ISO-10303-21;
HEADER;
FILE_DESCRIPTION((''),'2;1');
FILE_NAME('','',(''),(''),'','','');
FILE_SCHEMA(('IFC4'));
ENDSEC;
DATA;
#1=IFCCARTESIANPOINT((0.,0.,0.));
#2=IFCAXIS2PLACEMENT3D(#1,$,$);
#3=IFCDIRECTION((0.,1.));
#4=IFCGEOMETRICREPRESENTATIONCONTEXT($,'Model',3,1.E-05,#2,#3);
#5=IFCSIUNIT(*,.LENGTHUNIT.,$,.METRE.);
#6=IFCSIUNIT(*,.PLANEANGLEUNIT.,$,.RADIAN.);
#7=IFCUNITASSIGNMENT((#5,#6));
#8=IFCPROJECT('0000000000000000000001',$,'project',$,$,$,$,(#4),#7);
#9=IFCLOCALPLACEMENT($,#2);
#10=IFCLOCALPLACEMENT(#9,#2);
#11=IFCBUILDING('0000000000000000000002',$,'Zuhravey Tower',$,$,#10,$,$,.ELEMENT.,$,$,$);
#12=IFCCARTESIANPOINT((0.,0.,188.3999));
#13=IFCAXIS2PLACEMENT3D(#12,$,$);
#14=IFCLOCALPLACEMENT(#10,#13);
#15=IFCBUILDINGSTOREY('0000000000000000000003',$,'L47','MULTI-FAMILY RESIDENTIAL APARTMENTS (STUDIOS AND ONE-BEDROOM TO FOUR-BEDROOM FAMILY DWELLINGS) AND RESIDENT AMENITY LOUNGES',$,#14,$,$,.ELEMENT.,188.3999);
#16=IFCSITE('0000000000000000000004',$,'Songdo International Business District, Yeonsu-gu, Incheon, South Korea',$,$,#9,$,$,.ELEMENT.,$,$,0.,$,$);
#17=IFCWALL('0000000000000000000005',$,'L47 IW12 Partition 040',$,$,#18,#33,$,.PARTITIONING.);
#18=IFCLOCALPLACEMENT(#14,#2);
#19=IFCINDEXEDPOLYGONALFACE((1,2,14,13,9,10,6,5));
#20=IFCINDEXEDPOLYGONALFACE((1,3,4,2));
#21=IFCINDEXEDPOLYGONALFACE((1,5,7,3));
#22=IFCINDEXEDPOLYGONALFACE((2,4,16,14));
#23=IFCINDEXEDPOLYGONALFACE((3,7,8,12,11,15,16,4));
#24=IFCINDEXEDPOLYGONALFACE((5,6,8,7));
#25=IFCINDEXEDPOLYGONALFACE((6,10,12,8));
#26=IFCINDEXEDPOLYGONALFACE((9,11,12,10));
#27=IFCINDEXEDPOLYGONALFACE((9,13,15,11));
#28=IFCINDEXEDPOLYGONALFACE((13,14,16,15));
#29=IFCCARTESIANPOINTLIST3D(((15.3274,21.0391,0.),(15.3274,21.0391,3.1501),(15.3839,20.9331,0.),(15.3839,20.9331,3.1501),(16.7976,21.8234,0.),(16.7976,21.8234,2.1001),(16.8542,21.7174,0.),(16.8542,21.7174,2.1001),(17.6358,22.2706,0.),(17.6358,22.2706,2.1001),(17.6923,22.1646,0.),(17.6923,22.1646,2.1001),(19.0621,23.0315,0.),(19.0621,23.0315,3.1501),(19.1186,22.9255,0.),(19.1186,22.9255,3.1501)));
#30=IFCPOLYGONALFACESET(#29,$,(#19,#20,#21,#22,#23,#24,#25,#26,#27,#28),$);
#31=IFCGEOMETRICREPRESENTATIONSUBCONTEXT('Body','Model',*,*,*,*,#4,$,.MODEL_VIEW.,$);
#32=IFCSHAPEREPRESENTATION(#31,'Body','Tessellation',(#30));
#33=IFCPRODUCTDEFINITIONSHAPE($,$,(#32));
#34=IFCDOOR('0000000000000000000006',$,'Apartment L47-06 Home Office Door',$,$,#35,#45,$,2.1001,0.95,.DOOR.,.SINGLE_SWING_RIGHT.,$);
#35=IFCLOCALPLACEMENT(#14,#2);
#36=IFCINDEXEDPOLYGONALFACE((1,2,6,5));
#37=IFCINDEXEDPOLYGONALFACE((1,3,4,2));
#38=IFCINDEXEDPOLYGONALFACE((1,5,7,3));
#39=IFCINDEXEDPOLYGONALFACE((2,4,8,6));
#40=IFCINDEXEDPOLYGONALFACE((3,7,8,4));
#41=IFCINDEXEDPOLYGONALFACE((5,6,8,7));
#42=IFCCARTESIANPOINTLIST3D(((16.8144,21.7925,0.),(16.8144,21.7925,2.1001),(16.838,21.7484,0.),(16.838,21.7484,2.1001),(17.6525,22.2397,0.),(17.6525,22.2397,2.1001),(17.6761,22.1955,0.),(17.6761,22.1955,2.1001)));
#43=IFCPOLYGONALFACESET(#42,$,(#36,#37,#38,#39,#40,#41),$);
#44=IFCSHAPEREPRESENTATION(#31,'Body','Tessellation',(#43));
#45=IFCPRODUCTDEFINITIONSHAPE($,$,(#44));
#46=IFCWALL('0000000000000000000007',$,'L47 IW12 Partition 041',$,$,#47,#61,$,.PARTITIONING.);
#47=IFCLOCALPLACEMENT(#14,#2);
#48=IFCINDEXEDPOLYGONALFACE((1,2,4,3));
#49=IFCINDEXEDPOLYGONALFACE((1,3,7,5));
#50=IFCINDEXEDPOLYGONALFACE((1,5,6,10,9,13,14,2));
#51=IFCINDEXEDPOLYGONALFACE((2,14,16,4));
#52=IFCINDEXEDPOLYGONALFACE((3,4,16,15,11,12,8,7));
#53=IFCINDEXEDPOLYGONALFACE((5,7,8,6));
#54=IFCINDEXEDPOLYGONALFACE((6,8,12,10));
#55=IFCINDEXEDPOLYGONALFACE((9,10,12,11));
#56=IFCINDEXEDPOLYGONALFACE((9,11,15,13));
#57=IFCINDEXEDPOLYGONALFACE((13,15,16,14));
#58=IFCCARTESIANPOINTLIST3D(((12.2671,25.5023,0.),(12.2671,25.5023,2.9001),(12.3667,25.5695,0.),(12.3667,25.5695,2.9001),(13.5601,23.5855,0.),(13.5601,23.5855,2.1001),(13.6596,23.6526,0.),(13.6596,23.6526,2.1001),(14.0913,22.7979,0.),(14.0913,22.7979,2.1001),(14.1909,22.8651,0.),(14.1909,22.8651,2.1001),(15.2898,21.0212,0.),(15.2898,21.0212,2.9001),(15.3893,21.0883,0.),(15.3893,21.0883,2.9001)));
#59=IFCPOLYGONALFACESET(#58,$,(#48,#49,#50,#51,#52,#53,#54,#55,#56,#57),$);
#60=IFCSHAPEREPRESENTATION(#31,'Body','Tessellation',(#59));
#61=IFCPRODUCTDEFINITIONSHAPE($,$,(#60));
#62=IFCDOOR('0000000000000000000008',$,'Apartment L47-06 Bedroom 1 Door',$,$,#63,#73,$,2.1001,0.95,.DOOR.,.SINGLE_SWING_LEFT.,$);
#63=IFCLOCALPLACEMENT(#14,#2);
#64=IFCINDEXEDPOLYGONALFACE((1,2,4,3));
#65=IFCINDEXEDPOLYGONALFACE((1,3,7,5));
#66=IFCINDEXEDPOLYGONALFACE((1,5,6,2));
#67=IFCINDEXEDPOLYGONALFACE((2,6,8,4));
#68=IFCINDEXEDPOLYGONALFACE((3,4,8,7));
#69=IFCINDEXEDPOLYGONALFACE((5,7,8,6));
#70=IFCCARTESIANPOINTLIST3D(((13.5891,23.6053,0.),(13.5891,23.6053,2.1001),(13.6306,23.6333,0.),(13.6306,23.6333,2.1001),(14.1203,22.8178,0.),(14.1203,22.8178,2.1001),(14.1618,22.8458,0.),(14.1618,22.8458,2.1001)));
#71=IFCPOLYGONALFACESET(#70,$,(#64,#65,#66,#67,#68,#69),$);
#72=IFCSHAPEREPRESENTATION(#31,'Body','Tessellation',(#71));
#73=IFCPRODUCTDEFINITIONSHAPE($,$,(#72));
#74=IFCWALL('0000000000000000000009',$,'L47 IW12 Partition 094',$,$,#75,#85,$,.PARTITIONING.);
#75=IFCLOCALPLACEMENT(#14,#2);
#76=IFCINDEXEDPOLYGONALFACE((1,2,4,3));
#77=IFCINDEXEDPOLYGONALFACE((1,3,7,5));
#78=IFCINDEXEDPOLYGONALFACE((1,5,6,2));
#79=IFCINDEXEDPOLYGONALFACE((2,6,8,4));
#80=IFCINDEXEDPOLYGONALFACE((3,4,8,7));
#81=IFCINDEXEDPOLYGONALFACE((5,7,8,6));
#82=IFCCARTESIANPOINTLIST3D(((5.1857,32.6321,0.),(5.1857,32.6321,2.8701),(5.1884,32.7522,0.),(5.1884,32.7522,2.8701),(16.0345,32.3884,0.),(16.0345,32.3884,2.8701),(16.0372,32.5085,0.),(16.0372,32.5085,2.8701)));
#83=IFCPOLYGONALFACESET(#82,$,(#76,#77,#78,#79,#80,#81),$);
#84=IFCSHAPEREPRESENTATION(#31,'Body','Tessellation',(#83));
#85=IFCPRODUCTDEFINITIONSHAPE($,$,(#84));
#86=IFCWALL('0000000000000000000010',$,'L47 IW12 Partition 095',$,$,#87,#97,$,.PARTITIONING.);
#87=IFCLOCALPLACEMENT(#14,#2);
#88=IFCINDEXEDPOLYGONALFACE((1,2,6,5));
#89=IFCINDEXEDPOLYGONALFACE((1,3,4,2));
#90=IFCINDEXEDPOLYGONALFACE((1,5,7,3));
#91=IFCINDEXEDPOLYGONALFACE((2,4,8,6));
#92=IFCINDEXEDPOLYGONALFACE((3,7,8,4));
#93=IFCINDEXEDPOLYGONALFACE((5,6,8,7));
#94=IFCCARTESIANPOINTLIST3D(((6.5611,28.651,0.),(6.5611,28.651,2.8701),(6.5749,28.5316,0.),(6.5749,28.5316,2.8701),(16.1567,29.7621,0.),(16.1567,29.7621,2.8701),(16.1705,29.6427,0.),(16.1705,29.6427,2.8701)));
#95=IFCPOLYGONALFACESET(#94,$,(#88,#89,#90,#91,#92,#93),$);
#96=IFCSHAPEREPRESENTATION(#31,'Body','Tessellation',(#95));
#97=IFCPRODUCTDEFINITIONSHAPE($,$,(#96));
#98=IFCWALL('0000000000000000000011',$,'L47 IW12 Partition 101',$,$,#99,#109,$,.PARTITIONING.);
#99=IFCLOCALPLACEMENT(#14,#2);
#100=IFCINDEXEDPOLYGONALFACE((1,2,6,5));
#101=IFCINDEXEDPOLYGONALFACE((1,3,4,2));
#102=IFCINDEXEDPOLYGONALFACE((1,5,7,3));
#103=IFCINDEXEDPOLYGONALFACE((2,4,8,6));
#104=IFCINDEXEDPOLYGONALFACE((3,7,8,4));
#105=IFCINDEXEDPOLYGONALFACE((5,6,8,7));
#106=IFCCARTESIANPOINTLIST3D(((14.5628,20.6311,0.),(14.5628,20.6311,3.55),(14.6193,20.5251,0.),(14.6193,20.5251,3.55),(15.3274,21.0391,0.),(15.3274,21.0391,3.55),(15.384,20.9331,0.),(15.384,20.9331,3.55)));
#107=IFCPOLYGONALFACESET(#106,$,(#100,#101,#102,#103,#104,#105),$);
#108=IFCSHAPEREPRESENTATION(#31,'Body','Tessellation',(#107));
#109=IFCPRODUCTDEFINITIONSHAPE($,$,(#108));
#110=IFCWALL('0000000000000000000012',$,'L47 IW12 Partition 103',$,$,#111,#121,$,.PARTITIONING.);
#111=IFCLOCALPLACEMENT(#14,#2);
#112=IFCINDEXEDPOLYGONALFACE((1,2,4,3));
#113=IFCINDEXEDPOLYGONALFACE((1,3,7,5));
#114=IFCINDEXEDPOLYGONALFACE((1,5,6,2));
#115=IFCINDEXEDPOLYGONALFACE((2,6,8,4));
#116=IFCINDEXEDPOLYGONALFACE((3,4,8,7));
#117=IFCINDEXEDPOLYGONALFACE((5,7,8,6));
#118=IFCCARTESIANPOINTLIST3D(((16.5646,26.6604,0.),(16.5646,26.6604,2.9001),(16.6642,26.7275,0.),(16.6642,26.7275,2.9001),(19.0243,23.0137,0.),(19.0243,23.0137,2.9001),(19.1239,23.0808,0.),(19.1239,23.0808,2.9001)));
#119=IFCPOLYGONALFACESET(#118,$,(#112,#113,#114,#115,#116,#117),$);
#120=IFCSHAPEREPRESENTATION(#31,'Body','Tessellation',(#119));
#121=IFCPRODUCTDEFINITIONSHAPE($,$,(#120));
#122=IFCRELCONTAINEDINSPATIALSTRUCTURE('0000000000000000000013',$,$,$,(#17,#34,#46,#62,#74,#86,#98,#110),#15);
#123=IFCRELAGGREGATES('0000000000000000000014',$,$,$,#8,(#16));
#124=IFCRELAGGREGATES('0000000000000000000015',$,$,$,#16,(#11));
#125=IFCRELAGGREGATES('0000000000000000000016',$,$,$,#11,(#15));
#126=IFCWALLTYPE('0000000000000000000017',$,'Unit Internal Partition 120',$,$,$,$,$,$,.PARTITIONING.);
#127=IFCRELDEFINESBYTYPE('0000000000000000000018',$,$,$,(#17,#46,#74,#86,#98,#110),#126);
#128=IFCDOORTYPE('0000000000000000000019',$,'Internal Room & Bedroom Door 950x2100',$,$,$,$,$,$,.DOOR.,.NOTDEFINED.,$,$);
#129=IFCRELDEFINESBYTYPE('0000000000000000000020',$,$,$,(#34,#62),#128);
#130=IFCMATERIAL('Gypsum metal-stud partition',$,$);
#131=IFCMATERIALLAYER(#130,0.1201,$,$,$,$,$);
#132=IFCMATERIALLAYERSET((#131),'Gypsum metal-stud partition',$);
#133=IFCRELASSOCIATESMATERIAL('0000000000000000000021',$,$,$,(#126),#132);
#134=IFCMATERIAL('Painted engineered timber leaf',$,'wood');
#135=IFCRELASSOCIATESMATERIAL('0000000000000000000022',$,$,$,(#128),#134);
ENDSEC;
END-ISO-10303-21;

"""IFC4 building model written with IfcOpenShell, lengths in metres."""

from ifc_helpers import new_model, si_unit, direction, frame, frame_2d, origin, place, context, subcontext, project, spatial, rectangle, extrude, material, layer, layer_set, type_object, element, fill, save


model = new_model("IFC4")

# Units and contexts
model_context = context("Model", 3, precision=1e-05, world=origin(), true_north=direction((0.0, 1.0)))
body_context = subcontext(model_context, "Body", "Model", "MODEL_VIEW")
ifc_project = project(units=[si_unit("LENGTHUNIT", "METRE"), si_unit("PLANEANGLEUNIT", "RADIAN")], contexts=[model_context])

# Site, building, storey
site_placement = place(None, origin())
site = spatial("IfcSite", under=ifc_project, at=site_placement, Name="Songdo International Business District, Yeonsu-gu, Incheon, South Korea", CompositionType="ELEMENT", RefElevation=0.0)
building_placement = place(site_placement, origin())
building = spatial("IfcBuilding", under=site, at=building_placement, Name="Zuhravey Tower", CompositionType="ELEMENT")
storey_placement = place(building_placement, frame((0.0, 0.0, 188.3999)))
storey = spatial("IfcBuildingStorey", under=building, at=storey_placement, Name="L47", Description="MULTI-FAMILY RESIDENTIAL APARTMENTS (STUDIOS AND ONE-BEDROOM TO FOUR-BEDROOM FAMILY DWELLINGS) AND RESIDENT AMENITY LOUNGES", CompositionType="ELEMENT", Elevation=188.3999)

# Walls, openings, doors
ifc_material_1 = material(Name="Gypsum metal-stud partition")
ifc_layer_1 = layer(ifc_material_1, 0.1201)
ifc_layer_set_1 = layer_set([ifc_layer_1], Name="Gypsum metal-stud partition")
wall_type_1 = type_object("IfcWallType", Name="Unit Internal Partition 120", PredefinedType="PARTITIONING", material=ifc_layer_set_1)
ifc_material_2 = material(Name="Painted engineered timber leaf", Category="wood")
door_type = type_object("IfcDoorType", Name="Internal Room & Bedroom Door 950x2100", OperationType="NOTDEFINED", PredefinedType="DOOR", material=ifc_material_2)
wall_1_placement = place(storey_placement, frame((19.0903, 22.9785, 0.0), z_axis=(0.0, 0.0, 1.0), x_axis=(-0.882291, -0.470705, 0.0)))
wall_1 = element("IfcWall", 1, at=wall_1_placement, inside=storey, type_object=wall_type_1, Name="L47 IW12 Partition 040", PredefinedType="PARTITIONING", context=body_context, shape_type="SweptSolid", body=[
    extrude(rectangle(XDim=4.2329, YDim=0.1201, at=frame_2d((2.1165, 0.0))), origin(), (0.0, 0.0, 1.0), 3.1501),
])
opening_1_placement = place(wall_1_placement, frame((1.6165, 0.0, 0.0)))
opening_1 = element("IfcOpeningElement", 2, at=opening_1_placement, cuts=wall_1, PredefinedType="OPENING", context=body_context, shape_type="SweptSolid", body=[
    extrude(rectangle(XDim=0.95, YDim=2.1001, at=frame_2d((0.4751, 1.05))), frame((0.0, 0.072, 0.0), z_axis=(0.0, -1.0, 0.0), x_axis=(1.0, 0.0, 0.0)), (0.0, 0.0, 1.0), 0.144),
])
door_1_placement = place(opening_1_placement, frame((0.95, 0.0, 0.0), z_axis=(0.0, 0.0, 1.0), x_axis=(-1.0, 0.0, 0.0)))
door_1 = element("IfcDoor", 3, at=door_1_placement, inside=storey, type_object=door_type, Name="Apartment L47-06 Home Office Door", OperationType="SINGLE_SWING_RIGHT", OverallHeight=2.1001, OverallWidth=0.95, PredefinedType="DOOR", context=body_context, shape_type="SweptSolid", body=[
    extrude(rectangle(XDim=0.95, YDim=2.1001, at=frame_2d((0.4751, 1.05))), frame((0.0, 0.0249, 0.0), z_axis=(0.0, -1.0, 0.0), x_axis=(1.0, 0.0, 0.0)), (0.0, 0.0, 1.0), 0.05),
])
fill(opening_1, door_1)
wall_2_placement = place(storey_placement, frame((12.3169, 25.5359, 0.0), z_axis=(0.0, 0.0, 1.0), x_axis=(0.559205, -0.829029, 0.0)))
wall_2 = element("IfcWall", 4, at=wall_2_placement, inside=storey, type_object=wall_type_1, Name="L47 IW12 Partition 041", PredefinedType="PARTITIONING", context=body_context, shape_type="SweptSolid", body=[
    extrude(rectangle(XDim=5.4053, YDim=0.1201, at=frame_2d((2.7026, 0.0))), origin(), (0.0, 0.0, 1.0), 2.9001),
])
opening_2_placement = place(wall_2_placement, frame((2.312, 0.0, 0.0)))
opening_2 = element("IfcOpeningElement", 5, at=opening_2_placement, cuts=wall_2, PredefinedType="OPENING", context=body_context, shape_type="SweptSolid", body=[
    extrude(rectangle(XDim=0.95, YDim=2.1001, at=frame_2d((0.4751, 1.05))), frame((0.0, 0.072, 0.0), z_axis=(0.0, -1.0, 0.0), x_axis=(1.0, 0.0, 0.0)), (0.0, 0.0, 1.0), 0.144),
])
door_2_placement = place(opening_2_placement, frame((0.95, 0.0, 0.0), z_axis=(0.0, 0.0, 1.0), x_axis=(-1.0, 0.0, 0.0)))
door_2 = element("IfcDoor", 6, at=door_2_placement, inside=storey, type_object=door_type, Name="Apartment L47-06 Bedroom 1 Door", OperationType="SINGLE_SWING_LEFT", OverallHeight=2.1001, OverallWidth=0.95, PredefinedType="DOOR", context=body_context, shape_type="SweptSolid", body=[
    extrude(rectangle(XDim=0.95, YDim=2.1001, at=frame_2d((0.4751, 1.05))), frame((0.0, 0.0249, 0.0), z_axis=(0.0, -1.0, 0.0), x_axis=(1.0, 0.0, 0.0)), (0.0, 0.0, 1.0), 0.05),
])
fill(opening_2, door_2)

# Walls
wall_3_placement = place(storey_placement, frame((16.0359, 32.4485, 0.0), z_axis=(0.0, 0.0, 1.0), x_axis=(-0.999748, 0.022453, 0.0)))
element("IfcWall", 7, at=wall_3_placement, inside=storey, type_object=wall_type_1, Name="L47 IW12 Partition 094", PredefinedType="PARTITIONING", context=body_context, shape_type="SweptSolid", body=[
    extrude(rectangle(XDim=10.8516, YDim=0.1201, at=frame_2d((5.4258, 0.0))), origin(), (0.0, 0.0, 1.0), 2.8701),
])
wall_4_placement = place(storey_placement, frame((16.1636, 29.7024, 0.0), z_axis=(0.0, 0.0, 1.0), x_axis=(-0.993363, -0.115024, 0.0)))
element("IfcWall", 8, at=wall_4_placement, inside=storey, type_object=wall_type_1, Name="L47 IW12 Partition 095", PredefinedType="PARTITIONING", context=body_context, shape_type="SweptSolid", body=[
    extrude(rectangle(XDim=9.6597, YDim=0.1201, at=frame_2d((4.8298, 0.0))), origin(), (0.0, 0.0, 1.0), 2.8701),
])
wall_5_placement = place(storey_placement, frame((15.3557, 20.9861, 0.0), z_axis=(0.0, 0.0, 1.0), x_axis=(-0.882283, -0.47072, 0.0)))
element("IfcWall", 9, at=wall_5_placement, inside=storey, type_object=wall_type_1, Name="L47 IW12 Partition 101", PredefinedType="PARTITIONING", context=body_context, shape_type="SweptSolid", body=[
    extrude(rectangle(XDim=0.8667, YDim=0.1201, at=frame_2d((0.4333, 0.0))), origin(), (0.0, 0.0, 1.0), 3.55),
])
wall_6_placement = place(storey_placement, frame((16.6145, 26.6938, 0.0), z_axis=(0.0, 0.0, 1.0), x_axis=(0.559188, -0.829041, 0.0)))
element("IfcWall", 10, at=wall_6_placement, inside=storey, type_object=wall_type_1, Name="L47 IW12 Partition 103", PredefinedType="PARTITIONING", context=body_context, shape_type="SweptSolid", body=[
    extrude(rectangle(XDim=4.3987, YDim=0.1201, at=frame_2d((2.1992, 0.0))), origin(), (0.0, 0.0, 1.0), 2.9001),
])

save(model, "model.ifc")
